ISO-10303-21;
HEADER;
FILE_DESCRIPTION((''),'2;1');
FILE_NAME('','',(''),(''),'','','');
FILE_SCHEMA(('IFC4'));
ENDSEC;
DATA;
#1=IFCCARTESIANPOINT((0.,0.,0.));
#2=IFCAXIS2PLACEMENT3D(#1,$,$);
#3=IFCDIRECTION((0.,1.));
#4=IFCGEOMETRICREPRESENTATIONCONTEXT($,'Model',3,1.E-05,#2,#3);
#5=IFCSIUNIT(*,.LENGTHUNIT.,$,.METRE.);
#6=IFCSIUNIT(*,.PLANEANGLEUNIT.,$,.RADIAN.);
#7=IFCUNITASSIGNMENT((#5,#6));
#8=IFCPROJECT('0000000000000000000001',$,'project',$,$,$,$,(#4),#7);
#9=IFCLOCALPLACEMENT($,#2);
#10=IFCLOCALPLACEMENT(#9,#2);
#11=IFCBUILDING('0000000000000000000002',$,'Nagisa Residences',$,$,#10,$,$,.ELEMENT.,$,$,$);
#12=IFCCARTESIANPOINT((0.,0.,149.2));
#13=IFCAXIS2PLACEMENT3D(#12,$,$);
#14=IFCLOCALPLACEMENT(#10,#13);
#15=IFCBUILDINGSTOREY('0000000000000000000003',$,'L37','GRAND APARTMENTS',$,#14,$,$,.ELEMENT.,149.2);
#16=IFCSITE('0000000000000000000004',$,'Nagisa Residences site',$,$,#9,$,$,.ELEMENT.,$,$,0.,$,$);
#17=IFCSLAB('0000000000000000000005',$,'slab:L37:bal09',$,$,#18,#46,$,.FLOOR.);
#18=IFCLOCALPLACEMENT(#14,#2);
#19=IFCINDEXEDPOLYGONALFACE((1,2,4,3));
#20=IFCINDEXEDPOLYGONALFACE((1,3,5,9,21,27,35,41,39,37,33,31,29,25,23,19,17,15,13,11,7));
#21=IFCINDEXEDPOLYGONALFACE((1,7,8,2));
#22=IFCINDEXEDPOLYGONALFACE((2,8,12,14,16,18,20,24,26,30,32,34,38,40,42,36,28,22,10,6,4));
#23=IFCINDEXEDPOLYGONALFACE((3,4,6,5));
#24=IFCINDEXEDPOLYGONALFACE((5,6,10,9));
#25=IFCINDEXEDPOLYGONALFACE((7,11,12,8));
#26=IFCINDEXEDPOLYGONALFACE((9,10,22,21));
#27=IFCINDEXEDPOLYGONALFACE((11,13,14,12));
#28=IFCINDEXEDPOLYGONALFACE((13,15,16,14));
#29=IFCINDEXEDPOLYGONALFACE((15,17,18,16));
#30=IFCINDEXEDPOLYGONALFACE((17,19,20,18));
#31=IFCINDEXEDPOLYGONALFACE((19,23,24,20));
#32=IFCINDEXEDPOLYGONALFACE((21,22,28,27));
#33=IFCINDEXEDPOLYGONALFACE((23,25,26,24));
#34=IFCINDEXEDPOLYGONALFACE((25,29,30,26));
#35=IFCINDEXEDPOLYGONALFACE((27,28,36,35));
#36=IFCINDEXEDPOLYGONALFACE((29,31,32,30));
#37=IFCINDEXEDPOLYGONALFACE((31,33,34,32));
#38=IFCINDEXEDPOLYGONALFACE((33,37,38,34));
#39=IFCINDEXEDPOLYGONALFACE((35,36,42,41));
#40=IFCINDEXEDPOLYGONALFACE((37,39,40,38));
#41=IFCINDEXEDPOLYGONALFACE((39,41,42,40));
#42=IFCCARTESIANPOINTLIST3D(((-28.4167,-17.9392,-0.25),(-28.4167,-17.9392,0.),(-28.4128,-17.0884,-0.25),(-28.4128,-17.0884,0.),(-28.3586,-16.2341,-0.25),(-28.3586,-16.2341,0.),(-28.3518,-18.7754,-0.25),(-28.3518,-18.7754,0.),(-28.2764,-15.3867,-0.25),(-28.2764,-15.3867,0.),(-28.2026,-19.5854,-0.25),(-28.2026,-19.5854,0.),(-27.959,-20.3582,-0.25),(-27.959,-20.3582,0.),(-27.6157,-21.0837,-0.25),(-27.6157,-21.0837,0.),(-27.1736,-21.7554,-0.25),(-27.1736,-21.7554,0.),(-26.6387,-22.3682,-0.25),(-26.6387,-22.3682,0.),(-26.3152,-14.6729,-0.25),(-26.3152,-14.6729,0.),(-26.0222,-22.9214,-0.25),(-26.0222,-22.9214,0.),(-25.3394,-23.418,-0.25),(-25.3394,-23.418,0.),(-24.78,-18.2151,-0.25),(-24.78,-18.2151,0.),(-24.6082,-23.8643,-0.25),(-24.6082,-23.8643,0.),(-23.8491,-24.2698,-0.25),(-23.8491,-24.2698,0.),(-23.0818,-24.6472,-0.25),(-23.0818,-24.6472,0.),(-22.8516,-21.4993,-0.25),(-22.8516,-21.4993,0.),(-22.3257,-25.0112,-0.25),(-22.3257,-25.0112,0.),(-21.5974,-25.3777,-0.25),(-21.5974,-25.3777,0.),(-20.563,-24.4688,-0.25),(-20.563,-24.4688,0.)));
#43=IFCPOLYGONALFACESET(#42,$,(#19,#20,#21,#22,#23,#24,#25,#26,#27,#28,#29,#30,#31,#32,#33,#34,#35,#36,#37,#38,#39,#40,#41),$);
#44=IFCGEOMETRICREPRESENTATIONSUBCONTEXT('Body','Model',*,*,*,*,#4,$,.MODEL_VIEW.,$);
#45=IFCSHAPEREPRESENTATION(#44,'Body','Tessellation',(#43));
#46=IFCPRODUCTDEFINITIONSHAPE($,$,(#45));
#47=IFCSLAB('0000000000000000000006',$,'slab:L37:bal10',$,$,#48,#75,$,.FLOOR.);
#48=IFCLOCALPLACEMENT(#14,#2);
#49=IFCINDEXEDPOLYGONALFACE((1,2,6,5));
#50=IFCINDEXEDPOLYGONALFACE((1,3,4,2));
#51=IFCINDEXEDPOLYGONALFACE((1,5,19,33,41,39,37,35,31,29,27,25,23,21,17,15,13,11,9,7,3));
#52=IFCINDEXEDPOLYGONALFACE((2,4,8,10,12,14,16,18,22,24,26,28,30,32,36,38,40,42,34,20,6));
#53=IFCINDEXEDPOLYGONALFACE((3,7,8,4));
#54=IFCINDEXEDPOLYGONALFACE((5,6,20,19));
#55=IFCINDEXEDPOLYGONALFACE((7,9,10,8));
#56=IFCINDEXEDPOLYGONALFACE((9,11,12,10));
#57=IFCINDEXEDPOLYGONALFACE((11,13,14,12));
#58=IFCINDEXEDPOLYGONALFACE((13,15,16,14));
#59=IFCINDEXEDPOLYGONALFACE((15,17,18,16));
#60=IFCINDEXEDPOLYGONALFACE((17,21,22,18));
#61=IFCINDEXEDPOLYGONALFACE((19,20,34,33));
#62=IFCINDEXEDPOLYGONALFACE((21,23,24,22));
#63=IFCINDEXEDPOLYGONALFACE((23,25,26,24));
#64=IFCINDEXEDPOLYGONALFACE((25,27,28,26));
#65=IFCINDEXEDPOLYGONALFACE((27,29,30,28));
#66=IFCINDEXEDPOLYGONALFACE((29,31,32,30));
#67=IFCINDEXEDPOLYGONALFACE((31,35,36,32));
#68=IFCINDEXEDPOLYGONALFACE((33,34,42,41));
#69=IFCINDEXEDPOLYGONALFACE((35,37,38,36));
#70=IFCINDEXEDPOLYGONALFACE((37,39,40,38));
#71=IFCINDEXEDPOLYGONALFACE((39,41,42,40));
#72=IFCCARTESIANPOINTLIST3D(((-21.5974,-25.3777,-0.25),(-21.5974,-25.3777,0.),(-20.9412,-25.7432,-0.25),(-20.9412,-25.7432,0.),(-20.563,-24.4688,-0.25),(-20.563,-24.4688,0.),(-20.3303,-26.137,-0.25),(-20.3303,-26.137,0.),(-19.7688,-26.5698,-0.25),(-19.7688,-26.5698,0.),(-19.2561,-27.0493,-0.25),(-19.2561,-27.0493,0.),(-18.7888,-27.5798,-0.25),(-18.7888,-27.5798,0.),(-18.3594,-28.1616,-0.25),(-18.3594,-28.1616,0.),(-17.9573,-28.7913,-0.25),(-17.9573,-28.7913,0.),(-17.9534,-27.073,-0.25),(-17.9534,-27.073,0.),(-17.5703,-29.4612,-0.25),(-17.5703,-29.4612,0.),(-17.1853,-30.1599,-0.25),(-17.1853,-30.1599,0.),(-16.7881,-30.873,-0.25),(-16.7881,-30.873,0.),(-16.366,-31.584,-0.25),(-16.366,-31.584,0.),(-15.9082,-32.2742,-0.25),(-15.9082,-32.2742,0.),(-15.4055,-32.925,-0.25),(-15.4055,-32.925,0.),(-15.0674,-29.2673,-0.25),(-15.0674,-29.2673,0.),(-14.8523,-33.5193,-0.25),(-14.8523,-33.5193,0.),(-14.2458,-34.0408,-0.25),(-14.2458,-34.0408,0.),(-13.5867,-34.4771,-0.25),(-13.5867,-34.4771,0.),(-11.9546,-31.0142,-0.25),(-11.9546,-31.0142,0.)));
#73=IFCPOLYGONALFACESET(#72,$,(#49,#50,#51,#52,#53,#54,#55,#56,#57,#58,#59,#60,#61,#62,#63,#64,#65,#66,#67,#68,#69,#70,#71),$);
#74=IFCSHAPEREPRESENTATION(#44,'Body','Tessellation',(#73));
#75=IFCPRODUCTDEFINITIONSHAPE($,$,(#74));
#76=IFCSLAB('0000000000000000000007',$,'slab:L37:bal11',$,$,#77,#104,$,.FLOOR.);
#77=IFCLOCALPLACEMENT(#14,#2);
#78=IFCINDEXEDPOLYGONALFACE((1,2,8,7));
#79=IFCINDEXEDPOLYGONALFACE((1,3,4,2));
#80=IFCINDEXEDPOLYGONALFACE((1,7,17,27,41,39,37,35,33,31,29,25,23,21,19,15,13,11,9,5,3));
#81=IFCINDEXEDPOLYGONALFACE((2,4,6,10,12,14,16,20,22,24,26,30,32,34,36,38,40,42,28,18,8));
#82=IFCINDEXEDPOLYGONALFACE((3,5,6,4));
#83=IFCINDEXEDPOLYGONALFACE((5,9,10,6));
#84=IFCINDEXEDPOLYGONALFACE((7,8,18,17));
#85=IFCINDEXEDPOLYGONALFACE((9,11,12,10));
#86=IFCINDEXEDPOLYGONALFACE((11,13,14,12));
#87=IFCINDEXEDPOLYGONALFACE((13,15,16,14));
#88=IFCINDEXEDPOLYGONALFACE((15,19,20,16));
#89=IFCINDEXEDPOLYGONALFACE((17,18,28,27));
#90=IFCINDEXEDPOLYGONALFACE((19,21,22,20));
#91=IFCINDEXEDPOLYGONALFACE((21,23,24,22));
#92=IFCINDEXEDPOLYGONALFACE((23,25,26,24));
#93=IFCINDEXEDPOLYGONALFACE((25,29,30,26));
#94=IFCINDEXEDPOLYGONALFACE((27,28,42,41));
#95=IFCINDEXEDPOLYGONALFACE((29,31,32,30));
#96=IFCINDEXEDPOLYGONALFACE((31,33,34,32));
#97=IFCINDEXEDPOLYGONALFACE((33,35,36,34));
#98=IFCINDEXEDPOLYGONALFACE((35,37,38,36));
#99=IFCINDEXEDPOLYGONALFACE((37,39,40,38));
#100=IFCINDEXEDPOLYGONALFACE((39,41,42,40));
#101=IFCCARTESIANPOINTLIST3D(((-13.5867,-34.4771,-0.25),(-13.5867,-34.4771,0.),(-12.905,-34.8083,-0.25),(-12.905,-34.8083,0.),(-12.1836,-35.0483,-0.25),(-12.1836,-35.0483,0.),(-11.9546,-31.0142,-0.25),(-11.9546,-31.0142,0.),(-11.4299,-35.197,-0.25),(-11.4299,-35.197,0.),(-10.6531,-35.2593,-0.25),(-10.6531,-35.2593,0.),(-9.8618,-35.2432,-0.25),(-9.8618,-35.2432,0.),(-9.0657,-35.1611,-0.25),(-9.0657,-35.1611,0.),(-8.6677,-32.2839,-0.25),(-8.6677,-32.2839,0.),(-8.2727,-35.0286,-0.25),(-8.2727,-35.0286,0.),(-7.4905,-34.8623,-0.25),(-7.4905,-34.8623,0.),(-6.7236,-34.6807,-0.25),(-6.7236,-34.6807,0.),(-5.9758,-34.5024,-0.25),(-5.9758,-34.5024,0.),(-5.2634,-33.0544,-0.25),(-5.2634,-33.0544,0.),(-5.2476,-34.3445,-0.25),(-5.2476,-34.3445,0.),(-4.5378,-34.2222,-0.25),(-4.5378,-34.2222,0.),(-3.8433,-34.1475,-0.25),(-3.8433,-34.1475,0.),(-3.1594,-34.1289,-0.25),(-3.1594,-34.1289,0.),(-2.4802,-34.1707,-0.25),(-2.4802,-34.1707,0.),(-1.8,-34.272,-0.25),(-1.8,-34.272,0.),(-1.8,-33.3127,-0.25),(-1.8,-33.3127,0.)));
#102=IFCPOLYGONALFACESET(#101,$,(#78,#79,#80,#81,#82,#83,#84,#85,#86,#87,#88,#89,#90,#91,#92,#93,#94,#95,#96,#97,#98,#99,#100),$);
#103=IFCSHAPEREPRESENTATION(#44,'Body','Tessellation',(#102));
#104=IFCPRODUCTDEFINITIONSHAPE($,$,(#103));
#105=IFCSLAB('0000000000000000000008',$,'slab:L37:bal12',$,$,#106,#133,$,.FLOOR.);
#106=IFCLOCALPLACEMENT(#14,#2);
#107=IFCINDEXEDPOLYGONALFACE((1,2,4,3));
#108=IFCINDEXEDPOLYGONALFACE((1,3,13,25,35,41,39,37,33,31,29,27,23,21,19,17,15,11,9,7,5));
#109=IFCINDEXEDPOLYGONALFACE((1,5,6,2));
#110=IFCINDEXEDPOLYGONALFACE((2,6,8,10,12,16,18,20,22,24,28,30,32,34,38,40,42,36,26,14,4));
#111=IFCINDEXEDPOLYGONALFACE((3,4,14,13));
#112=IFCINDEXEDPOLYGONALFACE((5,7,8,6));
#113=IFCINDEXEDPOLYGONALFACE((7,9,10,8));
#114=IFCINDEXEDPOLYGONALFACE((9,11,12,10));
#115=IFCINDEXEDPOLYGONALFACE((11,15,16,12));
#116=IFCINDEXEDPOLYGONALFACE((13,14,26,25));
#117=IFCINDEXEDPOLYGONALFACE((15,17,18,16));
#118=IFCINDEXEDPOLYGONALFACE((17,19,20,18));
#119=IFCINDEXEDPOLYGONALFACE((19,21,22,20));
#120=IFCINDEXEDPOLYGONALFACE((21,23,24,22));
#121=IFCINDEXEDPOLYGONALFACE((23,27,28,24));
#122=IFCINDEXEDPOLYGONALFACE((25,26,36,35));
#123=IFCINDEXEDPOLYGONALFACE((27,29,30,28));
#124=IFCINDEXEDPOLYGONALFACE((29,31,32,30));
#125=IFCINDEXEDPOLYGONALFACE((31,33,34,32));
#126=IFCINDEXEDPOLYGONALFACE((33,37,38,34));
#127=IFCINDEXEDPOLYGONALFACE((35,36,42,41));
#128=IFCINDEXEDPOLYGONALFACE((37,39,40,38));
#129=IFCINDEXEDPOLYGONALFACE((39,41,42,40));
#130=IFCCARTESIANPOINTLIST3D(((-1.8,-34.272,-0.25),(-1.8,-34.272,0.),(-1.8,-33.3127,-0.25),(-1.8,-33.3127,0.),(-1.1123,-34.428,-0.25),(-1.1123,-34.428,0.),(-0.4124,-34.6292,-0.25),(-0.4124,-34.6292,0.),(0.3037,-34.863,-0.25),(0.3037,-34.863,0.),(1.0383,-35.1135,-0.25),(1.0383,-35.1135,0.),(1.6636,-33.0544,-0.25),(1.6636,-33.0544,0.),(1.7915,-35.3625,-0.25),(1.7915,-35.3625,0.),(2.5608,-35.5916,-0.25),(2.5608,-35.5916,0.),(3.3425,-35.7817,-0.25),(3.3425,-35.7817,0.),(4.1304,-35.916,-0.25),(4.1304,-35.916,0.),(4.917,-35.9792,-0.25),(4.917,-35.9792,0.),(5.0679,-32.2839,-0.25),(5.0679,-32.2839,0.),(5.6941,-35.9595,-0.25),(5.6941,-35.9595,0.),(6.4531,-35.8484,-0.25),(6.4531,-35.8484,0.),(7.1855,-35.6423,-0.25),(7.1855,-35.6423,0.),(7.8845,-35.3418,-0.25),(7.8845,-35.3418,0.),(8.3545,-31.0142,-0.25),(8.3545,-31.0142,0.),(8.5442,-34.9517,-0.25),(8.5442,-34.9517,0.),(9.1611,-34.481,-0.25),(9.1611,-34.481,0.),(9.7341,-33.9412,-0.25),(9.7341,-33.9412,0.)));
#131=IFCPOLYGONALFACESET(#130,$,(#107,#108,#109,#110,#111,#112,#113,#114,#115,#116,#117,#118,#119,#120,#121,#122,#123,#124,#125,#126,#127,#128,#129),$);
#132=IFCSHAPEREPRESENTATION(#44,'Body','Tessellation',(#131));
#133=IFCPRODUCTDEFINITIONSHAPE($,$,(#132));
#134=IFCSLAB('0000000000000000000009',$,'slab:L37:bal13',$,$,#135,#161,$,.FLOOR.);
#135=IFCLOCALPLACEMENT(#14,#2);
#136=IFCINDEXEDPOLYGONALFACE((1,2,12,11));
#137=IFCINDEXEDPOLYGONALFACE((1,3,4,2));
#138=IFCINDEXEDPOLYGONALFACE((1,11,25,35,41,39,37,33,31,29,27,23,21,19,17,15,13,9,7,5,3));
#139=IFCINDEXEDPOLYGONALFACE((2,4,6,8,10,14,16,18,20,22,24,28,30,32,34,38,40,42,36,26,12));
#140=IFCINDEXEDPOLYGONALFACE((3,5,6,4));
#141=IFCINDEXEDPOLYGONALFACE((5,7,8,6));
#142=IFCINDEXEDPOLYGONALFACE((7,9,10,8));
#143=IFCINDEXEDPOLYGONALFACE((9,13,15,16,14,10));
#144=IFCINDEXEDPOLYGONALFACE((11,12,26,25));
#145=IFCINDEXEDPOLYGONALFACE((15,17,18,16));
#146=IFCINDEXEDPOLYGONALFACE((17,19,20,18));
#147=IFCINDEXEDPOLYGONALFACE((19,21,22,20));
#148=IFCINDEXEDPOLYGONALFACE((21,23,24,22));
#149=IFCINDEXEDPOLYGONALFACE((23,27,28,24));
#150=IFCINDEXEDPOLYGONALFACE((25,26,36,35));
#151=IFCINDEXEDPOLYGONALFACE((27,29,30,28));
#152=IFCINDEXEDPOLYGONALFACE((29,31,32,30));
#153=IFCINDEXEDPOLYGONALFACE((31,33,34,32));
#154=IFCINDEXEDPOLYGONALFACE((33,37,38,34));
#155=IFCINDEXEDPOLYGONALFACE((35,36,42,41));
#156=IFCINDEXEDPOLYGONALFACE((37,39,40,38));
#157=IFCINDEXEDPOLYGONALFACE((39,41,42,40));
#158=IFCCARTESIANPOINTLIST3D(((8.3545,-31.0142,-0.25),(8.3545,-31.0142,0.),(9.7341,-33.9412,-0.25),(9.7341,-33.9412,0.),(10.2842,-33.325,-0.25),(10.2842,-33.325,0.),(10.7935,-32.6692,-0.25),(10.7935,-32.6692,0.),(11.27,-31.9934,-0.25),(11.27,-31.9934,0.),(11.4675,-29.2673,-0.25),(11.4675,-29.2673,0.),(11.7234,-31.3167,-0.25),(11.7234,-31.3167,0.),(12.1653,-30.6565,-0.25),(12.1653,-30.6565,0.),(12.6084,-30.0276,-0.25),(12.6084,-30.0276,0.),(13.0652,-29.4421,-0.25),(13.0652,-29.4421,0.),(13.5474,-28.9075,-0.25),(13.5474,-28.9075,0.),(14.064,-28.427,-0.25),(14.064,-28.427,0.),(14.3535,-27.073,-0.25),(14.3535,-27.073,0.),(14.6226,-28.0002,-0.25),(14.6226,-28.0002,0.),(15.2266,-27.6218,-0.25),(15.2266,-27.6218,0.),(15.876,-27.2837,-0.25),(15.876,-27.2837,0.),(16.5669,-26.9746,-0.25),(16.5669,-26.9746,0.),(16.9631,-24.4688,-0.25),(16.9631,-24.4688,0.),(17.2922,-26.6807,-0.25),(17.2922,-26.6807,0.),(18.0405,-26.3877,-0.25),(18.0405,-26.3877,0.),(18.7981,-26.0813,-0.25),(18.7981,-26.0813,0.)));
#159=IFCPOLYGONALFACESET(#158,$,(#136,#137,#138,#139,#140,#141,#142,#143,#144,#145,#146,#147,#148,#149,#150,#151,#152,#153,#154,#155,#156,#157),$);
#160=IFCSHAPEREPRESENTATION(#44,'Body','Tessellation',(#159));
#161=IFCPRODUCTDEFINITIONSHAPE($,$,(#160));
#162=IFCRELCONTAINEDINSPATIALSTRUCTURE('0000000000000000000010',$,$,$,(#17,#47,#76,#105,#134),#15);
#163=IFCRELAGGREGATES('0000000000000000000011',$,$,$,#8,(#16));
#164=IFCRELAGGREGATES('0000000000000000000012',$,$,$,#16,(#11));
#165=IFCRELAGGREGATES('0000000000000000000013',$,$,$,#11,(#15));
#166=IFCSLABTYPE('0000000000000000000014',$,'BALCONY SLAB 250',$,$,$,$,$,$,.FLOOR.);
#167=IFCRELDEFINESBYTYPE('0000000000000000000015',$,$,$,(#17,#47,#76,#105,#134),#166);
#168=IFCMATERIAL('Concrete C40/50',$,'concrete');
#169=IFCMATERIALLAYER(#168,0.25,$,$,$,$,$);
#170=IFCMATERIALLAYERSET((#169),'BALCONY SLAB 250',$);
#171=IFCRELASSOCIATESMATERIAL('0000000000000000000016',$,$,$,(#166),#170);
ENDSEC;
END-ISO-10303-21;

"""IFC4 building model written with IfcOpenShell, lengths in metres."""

from ifc_helpers import new_model, si_unit, direction, frame, origin, place, context, subcontext, project, spatial, polyline, outline, extrude, material, layer, layer_set, type_object, element, save


model = new_model("IFC4")

# Units and contexts
model_context = context("Model", 3, precision=1e-05, world=origin(), true_north=direction((0.0, 1.0)))
body_context = subcontext(model_context, "Body", "Model", "MODEL_VIEW")
ifc_project = project(units=[si_unit("LENGTHUNIT", "METRE"), si_unit("PLANEANGLEUNIT", "RADIAN")], contexts=[model_context])

# Site, building, storey
site_placement = place(None, origin())
site = spatial("IfcSite", under=ifc_project, at=site_placement, Name="Nagisa Residences site", CompositionType="ELEMENT", RefElevation=0.0)
building_placement = place(site_placement, origin())
building = spatial("IfcBuilding", under=site, at=building_placement, Name="Nagisa Residences", CompositionType="ELEMENT")
storey_placement = place(building_placement, frame((0.0, 0.0, 149.2)))
storey = spatial("IfcBuildingStorey", under=building, at=storey_placement, Name="L37", Description="GRAND APARTMENTS", CompositionType="ELEMENT", Elevation=149.2)

# Slabs
ifc_material_1 = material(Name="Concrete C40/50", Category="concrete")
ifc_layer_1 = layer(ifc_material_1, 0.25)
ifc_layer_set_1 = layer_set([ifc_layer_1], Name="BALCONY SLAB 250")
slab_type = type_object("IfcSlabType", Name="BALCONY SLAB 250", PredefinedType="FLOOR", material=ifc_layer_set_1)
slab_1_placement = place(storey_placement, frame((0.0, 0.0, -0.25)))
element("IfcSlab", 1, at=slab_1_placement, inside=storey, type_object=slab_type, Name="slab:L37:bal09", PredefinedType="FLOOR", context=body_context, shape_type="SweptSolid", body=[
    extrude(outline(polyline([(-28.2764, -15.3867), (-28.3586, -16.2341), (-28.4128, -17.0884), (-28.4167, -17.9392), (-28.3518, -18.7754), (-28.2026, -19.5854), (-27.959, -20.3582), (-27.6157, -21.0837), (-27.1736, -21.7554), (-26.6387, -22.3682), (-26.0222, -22.9214), (-25.3394, -23.418), (-24.6082, -23.8643), (-23.8491, -24.2698), (-23.0818, -24.6472), (-22.3257, -25.0112), (-21.5974, -25.3777), (-20.563, -24.4688), (-22.8516, -21.4993), (-24.78, -18.2151), (-26.3152, -14.6729), (-28.2764, -15.3867)])), origin(), (0.0, 0.0, 1.0), 0.25),
])
slab_2_placement = place(storey_placement, frame((0.0, 0.0, -0.25)))
element("IfcSlab", 2, at=slab_2_placement, inside=storey, type_object=slab_type, Name="slab:L37:bal10", PredefinedType="FLOOR", context=body_context, shape_type="SweptSolid", body=[
    extrude(outline(polyline([(-21.5974, -25.3777), (-20.9412, -25.7432), (-20.3303, -26.137), (-19.7688, -26.5698), (-19.2561, -27.0493), (-18.7888, -27.5798), (-18.3594, -28.1616), (-17.9573, -28.7913), (-17.5703, -29.4612), (-17.1853, -30.1599), (-16.7881, -30.873), (-16.366, -31.584), (-15.9082, -32.2742), (-15.4055, -32.925), (-14.8523, -33.5193), (-14.2458, -34.0408), (-13.5867, -34.4771), (-11.9546, -31.0142), (-15.0674, -29.2673), (-17.9534, -27.073), (-20.563, -24.4688), (-21.5974, -25.3777)])), origin(), (0.0, 0.0, 1.0), 0.25),
])
slab_3_placement = place(storey_placement, frame((0.0, 0.0, -0.25)))
element("IfcSlab", 3, at=slab_3_placement, inside=storey, type_object=slab_type, Name="slab:L37:bal11", PredefinedType="FLOOR", context=body_context, shape_type="SweptSolid", body=[
    extrude(outline(polyline([(-13.5867, -34.4771), (-12.905, -34.8083), (-12.1836, -35.0483), (-11.4299, -35.197), (-10.6531, -35.2593), (-9.8618, -35.2432), (-9.0657, -35.1611), (-8.2727, -35.0286), (-7.4905, -34.8623), (-6.7236, -34.6807), (-5.9758, -34.5024), (-5.2476, -34.3445), (-4.5378, -34.2222), (-3.8433, -34.1475), (-3.1594, -34.1289), (-2.4802, -34.1707), (-1.8, -34.272), (-1.8, -33.3127), (-5.2634, -33.0544), (-8.6677, -32.2839), (-11.9546, -31.0142), (-13.5867, -34.4771)])), origin(), (0.0, 0.0, 1.0), 0.25),
])
slab_4_placement = place(storey_placement, frame((0.0, 0.0, -0.25)))
element("IfcSlab", 4, at=slab_4_placement, inside=storey, type_object=slab_type, Name="slab:L37:bal12", PredefinedType="FLOOR", context=body_context, shape_type="SweptSolid", body=[
    extrude(outline(polyline([(-1.8, -34.272), (-1.1123, -34.428), (-0.4124, -34.6292), (0.3037, -34.863), (1.0383, -35.1135), (1.7915, -35.3625), (2.5608, -35.5916), (3.3425, -35.7817), (4.1304, -35.916), (4.917, -35.9792), (5.6941, -35.9595), (6.4531, -35.8484), (7.1855, -35.6423), (7.8845, -35.3418), (8.5442, -34.9517), (9.1611, -34.481), (9.7341, -33.9412), (8.3545, -31.0142), (5.0679, -32.2839), (1.6636, -33.0544), (-1.8, -33.3127), (-1.8, -34.272)])), origin(), (0.0, 0.0, 1.0), 0.25),
])
slab_5_placement = place(storey_placement, frame((0.0, 0.0, -0.25)))
element("IfcSlab", 5, at=slab_5_placement, inside=storey, type_object=slab_type, Name="slab:L37:bal13", PredefinedType="FLOOR", context=body_context, shape_type="SweptSolid", body=[
    extrude(outline(polyline([(9.7341, -33.9412), (10.2842, -33.325), (10.7935, -32.6692), (11.27, -31.9934), (11.7234, -31.3167), (12.1653, -30.6565), (12.6084, -30.0276), (13.0652, -29.4421), (13.5474, -28.9075), (14.064, -28.427), (14.6226, -28.0002), (15.2266, -27.6218), (15.876, -27.2837), (16.5669, -26.9746), (17.2922, -26.6807), (18.0405, -26.3877), (18.7981, -26.0813), (16.9631, -24.4688), (14.3535, -27.073), (11.4675, -29.2673), (8.3545, -31.0142), (9.7341, -33.9412)])), origin(), (0.0, 0.0, 1.0), 0.25),
])

save(model, "model.ifc")
